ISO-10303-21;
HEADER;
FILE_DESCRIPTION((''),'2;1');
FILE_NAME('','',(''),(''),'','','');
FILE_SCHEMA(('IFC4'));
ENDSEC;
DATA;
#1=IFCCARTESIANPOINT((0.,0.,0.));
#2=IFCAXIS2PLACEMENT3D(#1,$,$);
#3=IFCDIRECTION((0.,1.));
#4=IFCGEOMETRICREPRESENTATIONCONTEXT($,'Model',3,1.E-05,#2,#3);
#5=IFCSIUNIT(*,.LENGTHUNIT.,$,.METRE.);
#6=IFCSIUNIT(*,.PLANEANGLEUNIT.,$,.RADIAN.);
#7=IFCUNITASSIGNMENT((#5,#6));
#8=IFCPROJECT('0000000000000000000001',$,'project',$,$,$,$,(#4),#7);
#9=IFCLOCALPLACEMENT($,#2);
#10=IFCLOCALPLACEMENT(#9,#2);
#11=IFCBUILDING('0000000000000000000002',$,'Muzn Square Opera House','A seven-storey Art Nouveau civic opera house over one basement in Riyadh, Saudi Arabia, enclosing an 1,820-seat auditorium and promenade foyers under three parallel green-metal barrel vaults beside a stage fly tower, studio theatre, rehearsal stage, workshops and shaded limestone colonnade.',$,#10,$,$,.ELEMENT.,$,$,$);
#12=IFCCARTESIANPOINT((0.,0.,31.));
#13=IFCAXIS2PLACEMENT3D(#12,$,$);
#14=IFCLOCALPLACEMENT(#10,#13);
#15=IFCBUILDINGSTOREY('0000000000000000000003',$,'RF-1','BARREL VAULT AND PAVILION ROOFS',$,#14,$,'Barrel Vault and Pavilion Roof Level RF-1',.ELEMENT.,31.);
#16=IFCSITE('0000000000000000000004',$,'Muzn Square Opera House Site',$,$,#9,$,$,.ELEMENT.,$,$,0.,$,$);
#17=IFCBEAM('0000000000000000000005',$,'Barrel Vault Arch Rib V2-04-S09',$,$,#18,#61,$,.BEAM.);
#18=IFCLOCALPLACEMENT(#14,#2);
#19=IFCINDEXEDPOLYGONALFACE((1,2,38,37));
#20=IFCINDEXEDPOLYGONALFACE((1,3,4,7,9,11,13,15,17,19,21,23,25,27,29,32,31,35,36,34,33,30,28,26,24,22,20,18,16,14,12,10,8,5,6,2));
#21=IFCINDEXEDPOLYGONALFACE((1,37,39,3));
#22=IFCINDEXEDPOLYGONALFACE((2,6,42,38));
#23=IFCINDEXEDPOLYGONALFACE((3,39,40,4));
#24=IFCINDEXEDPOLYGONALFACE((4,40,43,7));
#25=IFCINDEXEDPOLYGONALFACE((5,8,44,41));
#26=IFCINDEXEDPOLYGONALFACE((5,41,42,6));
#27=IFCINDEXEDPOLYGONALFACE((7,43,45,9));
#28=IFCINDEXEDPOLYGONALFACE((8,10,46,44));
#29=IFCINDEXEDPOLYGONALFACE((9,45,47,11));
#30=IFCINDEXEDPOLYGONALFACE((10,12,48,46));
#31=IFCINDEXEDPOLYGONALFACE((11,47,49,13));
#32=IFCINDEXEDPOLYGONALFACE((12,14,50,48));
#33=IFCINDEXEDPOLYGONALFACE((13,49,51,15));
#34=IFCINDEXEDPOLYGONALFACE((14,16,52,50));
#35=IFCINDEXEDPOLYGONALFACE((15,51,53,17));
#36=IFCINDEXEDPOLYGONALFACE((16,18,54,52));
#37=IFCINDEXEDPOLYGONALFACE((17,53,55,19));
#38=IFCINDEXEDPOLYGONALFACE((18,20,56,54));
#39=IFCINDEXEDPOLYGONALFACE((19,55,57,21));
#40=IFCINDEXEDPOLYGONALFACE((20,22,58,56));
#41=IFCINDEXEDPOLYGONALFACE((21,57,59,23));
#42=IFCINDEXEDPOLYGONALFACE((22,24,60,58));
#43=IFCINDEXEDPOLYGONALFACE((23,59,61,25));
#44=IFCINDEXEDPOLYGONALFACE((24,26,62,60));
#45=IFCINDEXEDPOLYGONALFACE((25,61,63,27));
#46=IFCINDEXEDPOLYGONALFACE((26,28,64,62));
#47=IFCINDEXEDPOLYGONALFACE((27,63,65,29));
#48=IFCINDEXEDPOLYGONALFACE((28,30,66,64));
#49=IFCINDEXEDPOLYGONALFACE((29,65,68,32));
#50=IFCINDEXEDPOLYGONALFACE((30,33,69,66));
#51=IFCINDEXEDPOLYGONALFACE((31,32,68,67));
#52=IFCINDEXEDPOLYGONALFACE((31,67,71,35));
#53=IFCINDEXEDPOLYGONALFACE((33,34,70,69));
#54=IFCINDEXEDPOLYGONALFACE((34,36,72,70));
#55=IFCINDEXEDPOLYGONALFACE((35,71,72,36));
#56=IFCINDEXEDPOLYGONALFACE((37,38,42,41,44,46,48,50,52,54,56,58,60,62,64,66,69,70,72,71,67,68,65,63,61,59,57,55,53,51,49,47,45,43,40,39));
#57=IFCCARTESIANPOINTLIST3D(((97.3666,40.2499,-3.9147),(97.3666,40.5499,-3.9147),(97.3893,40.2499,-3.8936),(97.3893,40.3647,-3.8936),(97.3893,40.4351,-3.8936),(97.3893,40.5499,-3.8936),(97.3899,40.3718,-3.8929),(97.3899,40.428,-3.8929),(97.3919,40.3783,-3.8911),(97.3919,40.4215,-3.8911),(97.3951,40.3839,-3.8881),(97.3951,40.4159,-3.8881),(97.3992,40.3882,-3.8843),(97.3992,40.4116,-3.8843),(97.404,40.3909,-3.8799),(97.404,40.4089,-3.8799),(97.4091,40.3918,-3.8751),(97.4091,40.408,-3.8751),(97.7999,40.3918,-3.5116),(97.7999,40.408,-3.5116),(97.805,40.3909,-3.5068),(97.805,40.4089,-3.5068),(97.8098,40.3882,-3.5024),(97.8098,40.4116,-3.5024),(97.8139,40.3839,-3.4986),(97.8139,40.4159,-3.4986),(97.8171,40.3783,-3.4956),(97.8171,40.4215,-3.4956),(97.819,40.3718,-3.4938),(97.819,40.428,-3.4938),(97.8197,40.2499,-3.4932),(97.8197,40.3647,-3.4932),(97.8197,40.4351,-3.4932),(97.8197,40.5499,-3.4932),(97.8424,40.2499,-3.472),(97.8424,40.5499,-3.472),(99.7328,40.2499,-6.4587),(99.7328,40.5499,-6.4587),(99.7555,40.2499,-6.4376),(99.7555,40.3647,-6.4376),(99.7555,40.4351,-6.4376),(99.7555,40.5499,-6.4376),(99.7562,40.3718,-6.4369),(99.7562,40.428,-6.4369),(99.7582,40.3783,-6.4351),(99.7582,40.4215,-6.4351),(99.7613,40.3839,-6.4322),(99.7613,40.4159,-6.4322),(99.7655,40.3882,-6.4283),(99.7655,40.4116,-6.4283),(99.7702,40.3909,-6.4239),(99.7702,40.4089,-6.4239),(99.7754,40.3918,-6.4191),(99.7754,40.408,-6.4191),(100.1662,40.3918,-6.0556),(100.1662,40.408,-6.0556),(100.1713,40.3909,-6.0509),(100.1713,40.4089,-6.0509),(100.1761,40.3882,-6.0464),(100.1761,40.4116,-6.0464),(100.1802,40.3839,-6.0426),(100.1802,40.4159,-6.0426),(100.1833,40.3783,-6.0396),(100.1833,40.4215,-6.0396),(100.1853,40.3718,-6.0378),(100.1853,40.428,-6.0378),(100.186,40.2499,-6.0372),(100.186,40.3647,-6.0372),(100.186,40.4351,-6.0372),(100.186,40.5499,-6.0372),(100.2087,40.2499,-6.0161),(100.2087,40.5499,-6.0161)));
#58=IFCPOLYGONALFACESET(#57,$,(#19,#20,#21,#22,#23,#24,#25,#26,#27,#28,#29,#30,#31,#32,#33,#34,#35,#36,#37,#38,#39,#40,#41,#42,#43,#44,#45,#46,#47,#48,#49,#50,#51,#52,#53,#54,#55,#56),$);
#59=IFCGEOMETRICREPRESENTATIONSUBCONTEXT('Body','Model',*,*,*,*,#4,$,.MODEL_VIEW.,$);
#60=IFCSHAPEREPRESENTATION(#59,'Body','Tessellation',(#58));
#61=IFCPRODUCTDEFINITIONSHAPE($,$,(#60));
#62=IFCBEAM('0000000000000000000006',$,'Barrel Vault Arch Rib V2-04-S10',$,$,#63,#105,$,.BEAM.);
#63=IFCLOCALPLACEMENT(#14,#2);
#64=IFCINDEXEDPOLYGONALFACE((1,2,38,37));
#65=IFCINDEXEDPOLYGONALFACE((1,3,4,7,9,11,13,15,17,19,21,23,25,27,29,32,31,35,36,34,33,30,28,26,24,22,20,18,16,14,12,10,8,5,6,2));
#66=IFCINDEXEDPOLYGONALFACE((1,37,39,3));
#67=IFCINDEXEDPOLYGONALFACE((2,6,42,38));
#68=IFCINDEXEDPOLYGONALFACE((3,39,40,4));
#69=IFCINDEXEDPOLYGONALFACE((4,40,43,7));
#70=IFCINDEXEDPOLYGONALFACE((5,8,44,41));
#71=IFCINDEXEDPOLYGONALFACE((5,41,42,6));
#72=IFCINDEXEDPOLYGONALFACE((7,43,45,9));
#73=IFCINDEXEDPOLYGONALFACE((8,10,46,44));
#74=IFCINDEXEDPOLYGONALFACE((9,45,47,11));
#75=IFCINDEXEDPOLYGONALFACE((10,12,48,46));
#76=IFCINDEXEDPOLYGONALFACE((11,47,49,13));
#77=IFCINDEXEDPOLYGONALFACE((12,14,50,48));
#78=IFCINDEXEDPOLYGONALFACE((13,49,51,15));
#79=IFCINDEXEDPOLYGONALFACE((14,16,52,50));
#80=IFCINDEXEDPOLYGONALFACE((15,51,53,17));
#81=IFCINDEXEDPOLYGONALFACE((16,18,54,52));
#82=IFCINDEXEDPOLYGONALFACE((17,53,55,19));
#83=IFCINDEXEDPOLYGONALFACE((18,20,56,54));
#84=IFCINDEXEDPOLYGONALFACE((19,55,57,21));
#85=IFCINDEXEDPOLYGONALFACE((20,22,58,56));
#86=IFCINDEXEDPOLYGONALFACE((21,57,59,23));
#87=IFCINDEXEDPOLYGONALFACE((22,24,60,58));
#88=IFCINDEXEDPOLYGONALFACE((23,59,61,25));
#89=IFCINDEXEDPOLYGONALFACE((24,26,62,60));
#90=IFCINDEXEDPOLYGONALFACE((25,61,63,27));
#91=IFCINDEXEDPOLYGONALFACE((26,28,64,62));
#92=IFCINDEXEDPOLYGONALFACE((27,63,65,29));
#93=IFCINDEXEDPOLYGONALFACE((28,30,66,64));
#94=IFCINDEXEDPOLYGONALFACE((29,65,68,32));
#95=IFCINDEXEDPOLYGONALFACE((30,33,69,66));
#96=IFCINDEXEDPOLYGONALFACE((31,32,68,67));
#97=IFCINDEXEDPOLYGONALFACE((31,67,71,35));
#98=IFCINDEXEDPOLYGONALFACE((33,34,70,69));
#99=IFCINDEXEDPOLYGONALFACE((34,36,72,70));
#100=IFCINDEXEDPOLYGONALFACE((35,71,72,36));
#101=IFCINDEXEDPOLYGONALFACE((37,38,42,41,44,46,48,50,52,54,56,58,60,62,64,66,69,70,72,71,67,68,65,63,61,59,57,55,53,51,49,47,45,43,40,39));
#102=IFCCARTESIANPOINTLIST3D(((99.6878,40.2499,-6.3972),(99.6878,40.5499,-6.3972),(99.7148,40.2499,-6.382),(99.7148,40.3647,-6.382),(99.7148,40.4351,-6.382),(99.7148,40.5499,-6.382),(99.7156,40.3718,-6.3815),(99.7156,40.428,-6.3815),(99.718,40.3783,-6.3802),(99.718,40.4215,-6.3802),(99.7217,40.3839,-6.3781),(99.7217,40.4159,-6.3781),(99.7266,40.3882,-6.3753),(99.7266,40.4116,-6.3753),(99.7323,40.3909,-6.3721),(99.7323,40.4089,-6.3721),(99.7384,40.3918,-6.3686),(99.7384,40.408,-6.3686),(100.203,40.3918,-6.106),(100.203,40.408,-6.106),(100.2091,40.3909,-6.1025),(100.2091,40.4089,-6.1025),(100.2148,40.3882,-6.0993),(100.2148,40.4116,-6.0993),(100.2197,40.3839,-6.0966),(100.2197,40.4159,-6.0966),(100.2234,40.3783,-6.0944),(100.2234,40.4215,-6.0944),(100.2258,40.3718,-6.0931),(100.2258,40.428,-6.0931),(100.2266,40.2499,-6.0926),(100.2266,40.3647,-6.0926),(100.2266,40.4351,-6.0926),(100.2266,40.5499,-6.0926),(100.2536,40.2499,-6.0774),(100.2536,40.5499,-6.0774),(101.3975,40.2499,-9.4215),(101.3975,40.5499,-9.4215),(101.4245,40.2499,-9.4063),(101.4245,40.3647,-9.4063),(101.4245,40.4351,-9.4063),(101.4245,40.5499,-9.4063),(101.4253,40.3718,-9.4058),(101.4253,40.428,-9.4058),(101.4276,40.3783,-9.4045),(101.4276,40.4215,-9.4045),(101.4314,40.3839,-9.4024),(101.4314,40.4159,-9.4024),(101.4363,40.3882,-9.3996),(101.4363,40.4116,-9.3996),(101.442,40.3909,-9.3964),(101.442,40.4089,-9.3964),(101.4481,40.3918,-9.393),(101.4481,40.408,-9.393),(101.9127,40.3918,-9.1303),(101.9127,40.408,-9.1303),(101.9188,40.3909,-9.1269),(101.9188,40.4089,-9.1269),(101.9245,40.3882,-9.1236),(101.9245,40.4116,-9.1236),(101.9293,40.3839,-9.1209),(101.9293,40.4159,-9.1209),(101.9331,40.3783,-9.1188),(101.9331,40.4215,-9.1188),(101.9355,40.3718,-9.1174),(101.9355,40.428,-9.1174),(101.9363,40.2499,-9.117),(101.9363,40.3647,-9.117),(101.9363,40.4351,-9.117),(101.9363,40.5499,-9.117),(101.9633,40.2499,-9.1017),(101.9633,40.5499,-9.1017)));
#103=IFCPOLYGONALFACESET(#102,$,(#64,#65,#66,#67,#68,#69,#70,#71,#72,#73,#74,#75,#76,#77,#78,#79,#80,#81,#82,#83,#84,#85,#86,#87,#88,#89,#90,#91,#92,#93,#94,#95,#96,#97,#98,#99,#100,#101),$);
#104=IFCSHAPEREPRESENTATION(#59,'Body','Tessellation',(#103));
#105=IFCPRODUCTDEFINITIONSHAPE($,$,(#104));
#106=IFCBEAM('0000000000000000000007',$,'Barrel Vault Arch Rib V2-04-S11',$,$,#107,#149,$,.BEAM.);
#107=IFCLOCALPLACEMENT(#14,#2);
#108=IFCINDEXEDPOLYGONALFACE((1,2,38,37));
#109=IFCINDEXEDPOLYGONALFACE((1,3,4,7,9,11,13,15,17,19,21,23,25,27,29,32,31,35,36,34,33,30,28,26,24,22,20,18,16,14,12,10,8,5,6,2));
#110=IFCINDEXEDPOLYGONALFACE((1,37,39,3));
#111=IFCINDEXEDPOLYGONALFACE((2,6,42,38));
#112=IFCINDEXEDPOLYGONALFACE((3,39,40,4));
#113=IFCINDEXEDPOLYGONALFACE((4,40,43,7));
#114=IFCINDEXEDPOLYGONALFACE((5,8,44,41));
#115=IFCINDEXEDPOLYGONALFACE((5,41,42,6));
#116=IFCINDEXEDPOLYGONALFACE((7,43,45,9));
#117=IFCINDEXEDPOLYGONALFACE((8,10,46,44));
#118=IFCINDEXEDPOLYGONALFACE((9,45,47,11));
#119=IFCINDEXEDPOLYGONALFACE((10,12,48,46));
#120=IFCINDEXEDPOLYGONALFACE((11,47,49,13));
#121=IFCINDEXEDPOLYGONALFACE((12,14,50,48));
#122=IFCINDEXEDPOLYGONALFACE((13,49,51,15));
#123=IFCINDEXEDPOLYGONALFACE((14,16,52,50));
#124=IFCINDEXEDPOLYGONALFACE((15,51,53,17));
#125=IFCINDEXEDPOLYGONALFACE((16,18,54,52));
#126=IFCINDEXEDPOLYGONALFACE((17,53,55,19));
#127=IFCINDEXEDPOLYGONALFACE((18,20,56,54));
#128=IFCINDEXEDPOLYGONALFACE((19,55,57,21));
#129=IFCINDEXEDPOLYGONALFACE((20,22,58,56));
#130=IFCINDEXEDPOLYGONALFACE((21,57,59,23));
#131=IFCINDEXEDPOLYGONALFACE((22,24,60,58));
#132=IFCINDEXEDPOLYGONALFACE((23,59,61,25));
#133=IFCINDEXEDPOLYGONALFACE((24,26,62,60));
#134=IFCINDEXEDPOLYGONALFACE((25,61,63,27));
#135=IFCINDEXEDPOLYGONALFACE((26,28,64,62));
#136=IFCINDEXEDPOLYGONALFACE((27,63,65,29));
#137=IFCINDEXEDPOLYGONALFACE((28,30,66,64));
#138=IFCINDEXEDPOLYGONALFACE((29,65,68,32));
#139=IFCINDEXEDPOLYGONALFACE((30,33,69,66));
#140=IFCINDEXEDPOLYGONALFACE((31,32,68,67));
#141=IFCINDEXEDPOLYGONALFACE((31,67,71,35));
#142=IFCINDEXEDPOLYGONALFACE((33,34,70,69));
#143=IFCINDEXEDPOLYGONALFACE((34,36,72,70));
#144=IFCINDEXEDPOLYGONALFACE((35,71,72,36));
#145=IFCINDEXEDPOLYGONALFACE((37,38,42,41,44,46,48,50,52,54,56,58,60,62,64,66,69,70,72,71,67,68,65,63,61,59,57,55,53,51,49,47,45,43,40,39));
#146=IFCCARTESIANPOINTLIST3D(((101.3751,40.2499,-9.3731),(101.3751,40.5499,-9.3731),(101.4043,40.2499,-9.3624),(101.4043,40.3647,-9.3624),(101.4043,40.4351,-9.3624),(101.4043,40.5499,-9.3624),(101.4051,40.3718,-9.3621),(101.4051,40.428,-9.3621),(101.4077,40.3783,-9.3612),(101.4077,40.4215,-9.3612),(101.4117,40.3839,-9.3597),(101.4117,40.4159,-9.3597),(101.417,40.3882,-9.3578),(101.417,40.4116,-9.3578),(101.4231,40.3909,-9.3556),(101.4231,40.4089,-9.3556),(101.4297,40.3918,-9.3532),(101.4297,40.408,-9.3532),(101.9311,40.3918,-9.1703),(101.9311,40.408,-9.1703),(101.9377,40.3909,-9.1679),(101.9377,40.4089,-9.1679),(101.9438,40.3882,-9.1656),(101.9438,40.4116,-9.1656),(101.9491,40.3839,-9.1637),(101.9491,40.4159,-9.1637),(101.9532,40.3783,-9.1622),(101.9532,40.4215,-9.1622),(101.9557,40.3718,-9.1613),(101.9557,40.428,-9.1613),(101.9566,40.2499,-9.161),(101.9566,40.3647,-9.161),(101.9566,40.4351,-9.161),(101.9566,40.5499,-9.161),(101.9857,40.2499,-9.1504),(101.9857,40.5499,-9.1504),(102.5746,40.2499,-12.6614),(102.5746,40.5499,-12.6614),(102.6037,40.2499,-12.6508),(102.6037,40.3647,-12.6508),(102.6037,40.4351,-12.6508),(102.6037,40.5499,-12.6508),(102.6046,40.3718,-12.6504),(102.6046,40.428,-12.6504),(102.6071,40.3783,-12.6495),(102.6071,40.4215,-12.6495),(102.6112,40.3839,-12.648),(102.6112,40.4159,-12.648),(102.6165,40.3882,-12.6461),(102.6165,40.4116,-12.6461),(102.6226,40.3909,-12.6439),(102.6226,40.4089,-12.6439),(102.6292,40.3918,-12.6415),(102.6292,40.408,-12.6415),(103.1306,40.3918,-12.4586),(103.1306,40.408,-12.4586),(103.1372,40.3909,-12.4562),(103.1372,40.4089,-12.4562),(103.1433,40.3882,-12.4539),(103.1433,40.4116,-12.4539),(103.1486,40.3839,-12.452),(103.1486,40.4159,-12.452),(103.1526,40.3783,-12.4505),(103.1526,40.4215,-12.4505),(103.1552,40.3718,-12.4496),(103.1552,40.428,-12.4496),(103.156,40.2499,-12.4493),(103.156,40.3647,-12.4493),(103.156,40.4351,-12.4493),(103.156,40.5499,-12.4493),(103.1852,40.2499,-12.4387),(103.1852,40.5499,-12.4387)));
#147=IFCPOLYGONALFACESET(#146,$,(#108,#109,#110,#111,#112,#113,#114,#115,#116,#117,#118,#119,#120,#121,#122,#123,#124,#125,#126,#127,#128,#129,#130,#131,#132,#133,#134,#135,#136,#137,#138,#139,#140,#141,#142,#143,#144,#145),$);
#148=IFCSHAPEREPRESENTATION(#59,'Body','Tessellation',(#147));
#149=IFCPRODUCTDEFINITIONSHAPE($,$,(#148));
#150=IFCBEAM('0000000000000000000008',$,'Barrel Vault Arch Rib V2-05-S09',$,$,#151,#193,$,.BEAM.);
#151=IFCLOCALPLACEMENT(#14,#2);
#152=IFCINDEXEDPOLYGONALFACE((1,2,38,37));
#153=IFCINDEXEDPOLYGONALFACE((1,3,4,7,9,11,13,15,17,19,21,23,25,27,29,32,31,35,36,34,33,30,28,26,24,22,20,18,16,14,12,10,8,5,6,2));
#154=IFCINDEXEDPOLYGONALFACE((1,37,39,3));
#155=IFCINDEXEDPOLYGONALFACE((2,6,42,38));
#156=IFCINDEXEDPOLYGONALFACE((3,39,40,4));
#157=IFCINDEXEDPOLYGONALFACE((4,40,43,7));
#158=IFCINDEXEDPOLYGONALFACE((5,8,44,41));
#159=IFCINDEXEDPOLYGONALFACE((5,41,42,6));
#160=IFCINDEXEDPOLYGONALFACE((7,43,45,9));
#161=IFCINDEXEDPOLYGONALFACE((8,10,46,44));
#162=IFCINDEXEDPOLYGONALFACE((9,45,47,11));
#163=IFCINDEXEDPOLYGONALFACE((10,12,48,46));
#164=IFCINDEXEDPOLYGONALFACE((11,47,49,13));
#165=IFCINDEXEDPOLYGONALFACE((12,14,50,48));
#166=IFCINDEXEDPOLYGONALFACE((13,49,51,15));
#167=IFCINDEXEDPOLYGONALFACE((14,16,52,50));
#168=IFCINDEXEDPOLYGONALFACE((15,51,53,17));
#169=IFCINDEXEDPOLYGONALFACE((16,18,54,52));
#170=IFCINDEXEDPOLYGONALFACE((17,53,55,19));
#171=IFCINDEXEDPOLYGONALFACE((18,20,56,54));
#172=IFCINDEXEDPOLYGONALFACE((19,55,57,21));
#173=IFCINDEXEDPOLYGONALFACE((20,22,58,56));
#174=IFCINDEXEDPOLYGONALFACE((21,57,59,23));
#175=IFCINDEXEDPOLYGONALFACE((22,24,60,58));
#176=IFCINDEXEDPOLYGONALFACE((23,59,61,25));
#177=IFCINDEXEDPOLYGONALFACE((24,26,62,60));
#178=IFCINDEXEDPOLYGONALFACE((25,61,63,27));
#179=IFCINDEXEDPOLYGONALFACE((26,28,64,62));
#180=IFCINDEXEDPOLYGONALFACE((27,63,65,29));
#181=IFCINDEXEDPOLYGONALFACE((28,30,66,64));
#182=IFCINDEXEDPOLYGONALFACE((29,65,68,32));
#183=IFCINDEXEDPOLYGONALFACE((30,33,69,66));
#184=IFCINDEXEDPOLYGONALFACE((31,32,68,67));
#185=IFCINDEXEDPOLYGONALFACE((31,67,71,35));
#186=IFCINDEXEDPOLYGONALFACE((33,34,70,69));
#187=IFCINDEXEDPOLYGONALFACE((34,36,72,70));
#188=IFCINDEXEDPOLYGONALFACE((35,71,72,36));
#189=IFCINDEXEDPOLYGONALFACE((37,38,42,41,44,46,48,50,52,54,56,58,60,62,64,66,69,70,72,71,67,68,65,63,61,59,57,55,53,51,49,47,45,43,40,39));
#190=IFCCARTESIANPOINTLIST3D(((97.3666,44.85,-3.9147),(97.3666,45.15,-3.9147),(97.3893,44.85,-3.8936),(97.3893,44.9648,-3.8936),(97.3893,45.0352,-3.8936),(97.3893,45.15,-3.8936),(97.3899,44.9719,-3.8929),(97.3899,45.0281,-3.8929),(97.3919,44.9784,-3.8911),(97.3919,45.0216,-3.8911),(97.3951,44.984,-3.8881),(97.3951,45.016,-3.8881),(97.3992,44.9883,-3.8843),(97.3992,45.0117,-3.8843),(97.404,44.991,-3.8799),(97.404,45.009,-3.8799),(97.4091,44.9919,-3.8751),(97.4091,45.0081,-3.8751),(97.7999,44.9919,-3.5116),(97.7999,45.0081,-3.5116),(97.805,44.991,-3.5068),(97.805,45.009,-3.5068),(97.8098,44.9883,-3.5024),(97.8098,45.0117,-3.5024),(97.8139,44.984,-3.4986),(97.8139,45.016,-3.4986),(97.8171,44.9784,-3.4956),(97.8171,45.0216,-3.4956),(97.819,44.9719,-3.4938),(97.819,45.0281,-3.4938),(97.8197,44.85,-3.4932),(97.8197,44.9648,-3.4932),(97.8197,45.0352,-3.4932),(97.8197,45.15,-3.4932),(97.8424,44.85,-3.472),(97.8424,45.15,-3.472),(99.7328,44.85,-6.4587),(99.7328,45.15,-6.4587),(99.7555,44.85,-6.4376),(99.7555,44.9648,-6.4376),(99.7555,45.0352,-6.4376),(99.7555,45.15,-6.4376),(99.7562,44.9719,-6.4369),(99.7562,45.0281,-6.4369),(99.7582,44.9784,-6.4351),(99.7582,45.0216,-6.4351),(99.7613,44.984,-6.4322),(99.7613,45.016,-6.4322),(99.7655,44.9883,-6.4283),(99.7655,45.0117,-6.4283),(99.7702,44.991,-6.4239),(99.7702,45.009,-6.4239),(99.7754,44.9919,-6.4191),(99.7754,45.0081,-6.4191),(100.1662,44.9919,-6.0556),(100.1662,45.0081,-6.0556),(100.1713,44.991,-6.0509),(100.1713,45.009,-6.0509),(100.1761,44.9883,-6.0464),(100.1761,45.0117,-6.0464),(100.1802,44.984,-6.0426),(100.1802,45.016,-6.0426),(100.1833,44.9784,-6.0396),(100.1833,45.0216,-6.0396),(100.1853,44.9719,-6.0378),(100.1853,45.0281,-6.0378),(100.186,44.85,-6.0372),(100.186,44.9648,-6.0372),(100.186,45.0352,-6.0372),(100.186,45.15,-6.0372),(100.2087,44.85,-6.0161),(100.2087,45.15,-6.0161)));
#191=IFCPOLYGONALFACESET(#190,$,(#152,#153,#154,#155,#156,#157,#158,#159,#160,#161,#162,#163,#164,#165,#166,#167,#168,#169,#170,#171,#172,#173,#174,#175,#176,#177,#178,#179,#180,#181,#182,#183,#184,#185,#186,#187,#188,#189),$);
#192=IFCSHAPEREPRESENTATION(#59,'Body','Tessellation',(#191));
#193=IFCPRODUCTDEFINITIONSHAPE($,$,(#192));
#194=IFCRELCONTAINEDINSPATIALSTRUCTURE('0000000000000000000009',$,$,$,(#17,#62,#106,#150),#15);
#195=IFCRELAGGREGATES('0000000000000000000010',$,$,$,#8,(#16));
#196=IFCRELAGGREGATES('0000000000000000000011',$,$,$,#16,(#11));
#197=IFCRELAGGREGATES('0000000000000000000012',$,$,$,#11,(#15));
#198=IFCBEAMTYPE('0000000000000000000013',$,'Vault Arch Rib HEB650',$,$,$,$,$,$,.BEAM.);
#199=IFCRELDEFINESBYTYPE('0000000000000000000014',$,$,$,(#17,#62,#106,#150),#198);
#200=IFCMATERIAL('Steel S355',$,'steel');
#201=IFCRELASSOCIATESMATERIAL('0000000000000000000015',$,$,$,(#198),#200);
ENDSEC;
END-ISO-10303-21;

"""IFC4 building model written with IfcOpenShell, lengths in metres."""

from ifc_helpers import new_model, si_unit, direction, frame, origin, origin_2d, place, context, subcontext, project, spatial, i_section, extrude, material, material_profile, profile_set, type_object, element, save


model = new_model("IFC4")

# Units and contexts
model_context = context("Model", 3, precision=1e-05, world=origin(), true_north=direction((0.0, 1.0)))
body_context = subcontext(model_context, "Body", "Model", "MODEL_VIEW")
ifc_project = project(units=[si_unit("LENGTHUNIT", "METRE"), si_unit("PLANEANGLEUNIT", "RADIAN")], contexts=[model_context])

# Site, building, storey
site_placement = place(None, origin())
site = spatial("IfcSite", under=ifc_project, at=site_placement, Name="Muzn Square Opera House Site", CompositionType="ELEMENT", RefElevation=0.0)
building_placement = place(site_placement, origin())
building = spatial("IfcBuilding", under=site, at=building_placement, Name="Muzn Square Opera House", Description="A seven-storey Art Nouveau civic opera house over one basement in Riyadh, Saudi Arabia, enclosing an 1,820-seat auditorium and promenade foyers under three parallel green-metal barrel vaults beside a stage fly tower, studio theatre, rehearsal stage, workshops and shaded limestone colonnade.", CompositionType="ELEMENT")
storey_placement = place(building_placement, frame((0.0, 0.0, 31.0)))
storey = spatial("IfcBuildingStorey", under=building, at=storey_placement, Name="RF-1", Description="BARREL VAULT AND PAVILION ROOFS", LongName="Barrel Vault and Pavilion Roof Level RF-1", CompositionType="ELEMENT", Elevation=31.0)

# Beams
ifc_material_1 = material(Name="Steel S355", Category="steel")
ifc_material_profile_1 = material_profile(ifc_material_1, i_section(OverallWidth=0.3, OverallDepth=0.6499, WebThickness=0.0161, FlangeThickness=0.031, FilletRadius=0.0271, at=origin_2d()), Name="HEB 650", Category="steel")
ifc_profile_set_1 = profile_set([ifc_material_profile_1], Name="Steel S355")
beam_type_1 = type_object("IfcBeamType", Name="Vault Arch Rib HEB650", PredefinedType="BEAM", material=ifc_profile_set_1)
beam_1_placement = place(storey_placement, frame((97.6045, 40.3999, -3.6934), z_axis=(0.681065, 0.0, -0.732223), x_axis=(0.0, 1.0, 0.0)))
element("IfcBeam", 1, at=beam_1_placement, inside=storey, type_object=beam_type_1, Name="Barrel Vault Arch Rib V2-04-S09", PredefinedType="BEAM", context=body_context, shape_type="SweptSolid", body=[
    extrude(i_section(OverallWidth=0.3, OverallDepth=0.6499, WebThickness=0.0161, FlangeThickness=0.031, FilletRadius=0.0271, at=origin_2d()), origin(), (0.0, 0.0, 1.0), 3.4744),
])
beam_2_placement = place(storey_placement, frame((99.9707, 40.3999, -6.2373), z_axis=(0.492115, 0.0, -0.87053), x_axis=(0.0, 1.0, 0.0)))
element("IfcBeam", 2, at=beam_2_placement, inside=storey, type_object=beam_type_1, Name="Barrel Vault Arch Rib V2-04-S10", PredefinedType="BEAM", context=body_context, shape_type="SweptSolid", body=[
    extrude(i_section(OverallWidth=0.3, OverallDepth=0.6499, WebThickness=0.0161, FlangeThickness=0.031, FilletRadius=0.0271, at=origin_2d()), origin(), (0.0, 0.0, 1.0), 3.4741),
])
beam_3_placement = place(storey_placement, frame((101.6804, 40.3999, -9.2617), z_axis=(0.342678, 0.0, -0.939453), x_axis=(0.0, 1.0, 0.0)))
element("IfcBeam", 3, at=beam_3_placement, inside=storey, type_object=beam_type_1, Name="Barrel Vault Arch Rib V2-04-S11", PredefinedType="BEAM", context=body_context, shape_type="SweptSolid", body=[
    extrude(i_section(OverallWidth=0.3, OverallDepth=0.6499, WebThickness=0.0161, FlangeThickness=0.031, FilletRadius=0.0271, at=origin_2d()), origin(), (0.0, 0.0, 1.0), 3.5002),
])
beam_4_placement = place(storey_placement, frame((97.6045, 45.0, -3.6934), z_axis=(0.681065, 0.0, -0.732223), x_axis=(0.0, 1.0, 0.0)))
element("IfcBeam", 4, at=beam_4_placement, inside=storey, type_object=beam_type_1, Name="Barrel Vault Arch Rib V2-05-S09", PredefinedType="BEAM", context=body_context, shape_type="SweptSolid", body=[
    extrude(i_section(OverallWidth=0.3, OverallDepth=0.6499, WebThickness=0.0161, FlangeThickness=0.031, FilletRadius=0.0271, at=origin_2d()), origin(), (0.0, 0.0, 1.0), 3.4744),
])

save(model, "model.ifc")
